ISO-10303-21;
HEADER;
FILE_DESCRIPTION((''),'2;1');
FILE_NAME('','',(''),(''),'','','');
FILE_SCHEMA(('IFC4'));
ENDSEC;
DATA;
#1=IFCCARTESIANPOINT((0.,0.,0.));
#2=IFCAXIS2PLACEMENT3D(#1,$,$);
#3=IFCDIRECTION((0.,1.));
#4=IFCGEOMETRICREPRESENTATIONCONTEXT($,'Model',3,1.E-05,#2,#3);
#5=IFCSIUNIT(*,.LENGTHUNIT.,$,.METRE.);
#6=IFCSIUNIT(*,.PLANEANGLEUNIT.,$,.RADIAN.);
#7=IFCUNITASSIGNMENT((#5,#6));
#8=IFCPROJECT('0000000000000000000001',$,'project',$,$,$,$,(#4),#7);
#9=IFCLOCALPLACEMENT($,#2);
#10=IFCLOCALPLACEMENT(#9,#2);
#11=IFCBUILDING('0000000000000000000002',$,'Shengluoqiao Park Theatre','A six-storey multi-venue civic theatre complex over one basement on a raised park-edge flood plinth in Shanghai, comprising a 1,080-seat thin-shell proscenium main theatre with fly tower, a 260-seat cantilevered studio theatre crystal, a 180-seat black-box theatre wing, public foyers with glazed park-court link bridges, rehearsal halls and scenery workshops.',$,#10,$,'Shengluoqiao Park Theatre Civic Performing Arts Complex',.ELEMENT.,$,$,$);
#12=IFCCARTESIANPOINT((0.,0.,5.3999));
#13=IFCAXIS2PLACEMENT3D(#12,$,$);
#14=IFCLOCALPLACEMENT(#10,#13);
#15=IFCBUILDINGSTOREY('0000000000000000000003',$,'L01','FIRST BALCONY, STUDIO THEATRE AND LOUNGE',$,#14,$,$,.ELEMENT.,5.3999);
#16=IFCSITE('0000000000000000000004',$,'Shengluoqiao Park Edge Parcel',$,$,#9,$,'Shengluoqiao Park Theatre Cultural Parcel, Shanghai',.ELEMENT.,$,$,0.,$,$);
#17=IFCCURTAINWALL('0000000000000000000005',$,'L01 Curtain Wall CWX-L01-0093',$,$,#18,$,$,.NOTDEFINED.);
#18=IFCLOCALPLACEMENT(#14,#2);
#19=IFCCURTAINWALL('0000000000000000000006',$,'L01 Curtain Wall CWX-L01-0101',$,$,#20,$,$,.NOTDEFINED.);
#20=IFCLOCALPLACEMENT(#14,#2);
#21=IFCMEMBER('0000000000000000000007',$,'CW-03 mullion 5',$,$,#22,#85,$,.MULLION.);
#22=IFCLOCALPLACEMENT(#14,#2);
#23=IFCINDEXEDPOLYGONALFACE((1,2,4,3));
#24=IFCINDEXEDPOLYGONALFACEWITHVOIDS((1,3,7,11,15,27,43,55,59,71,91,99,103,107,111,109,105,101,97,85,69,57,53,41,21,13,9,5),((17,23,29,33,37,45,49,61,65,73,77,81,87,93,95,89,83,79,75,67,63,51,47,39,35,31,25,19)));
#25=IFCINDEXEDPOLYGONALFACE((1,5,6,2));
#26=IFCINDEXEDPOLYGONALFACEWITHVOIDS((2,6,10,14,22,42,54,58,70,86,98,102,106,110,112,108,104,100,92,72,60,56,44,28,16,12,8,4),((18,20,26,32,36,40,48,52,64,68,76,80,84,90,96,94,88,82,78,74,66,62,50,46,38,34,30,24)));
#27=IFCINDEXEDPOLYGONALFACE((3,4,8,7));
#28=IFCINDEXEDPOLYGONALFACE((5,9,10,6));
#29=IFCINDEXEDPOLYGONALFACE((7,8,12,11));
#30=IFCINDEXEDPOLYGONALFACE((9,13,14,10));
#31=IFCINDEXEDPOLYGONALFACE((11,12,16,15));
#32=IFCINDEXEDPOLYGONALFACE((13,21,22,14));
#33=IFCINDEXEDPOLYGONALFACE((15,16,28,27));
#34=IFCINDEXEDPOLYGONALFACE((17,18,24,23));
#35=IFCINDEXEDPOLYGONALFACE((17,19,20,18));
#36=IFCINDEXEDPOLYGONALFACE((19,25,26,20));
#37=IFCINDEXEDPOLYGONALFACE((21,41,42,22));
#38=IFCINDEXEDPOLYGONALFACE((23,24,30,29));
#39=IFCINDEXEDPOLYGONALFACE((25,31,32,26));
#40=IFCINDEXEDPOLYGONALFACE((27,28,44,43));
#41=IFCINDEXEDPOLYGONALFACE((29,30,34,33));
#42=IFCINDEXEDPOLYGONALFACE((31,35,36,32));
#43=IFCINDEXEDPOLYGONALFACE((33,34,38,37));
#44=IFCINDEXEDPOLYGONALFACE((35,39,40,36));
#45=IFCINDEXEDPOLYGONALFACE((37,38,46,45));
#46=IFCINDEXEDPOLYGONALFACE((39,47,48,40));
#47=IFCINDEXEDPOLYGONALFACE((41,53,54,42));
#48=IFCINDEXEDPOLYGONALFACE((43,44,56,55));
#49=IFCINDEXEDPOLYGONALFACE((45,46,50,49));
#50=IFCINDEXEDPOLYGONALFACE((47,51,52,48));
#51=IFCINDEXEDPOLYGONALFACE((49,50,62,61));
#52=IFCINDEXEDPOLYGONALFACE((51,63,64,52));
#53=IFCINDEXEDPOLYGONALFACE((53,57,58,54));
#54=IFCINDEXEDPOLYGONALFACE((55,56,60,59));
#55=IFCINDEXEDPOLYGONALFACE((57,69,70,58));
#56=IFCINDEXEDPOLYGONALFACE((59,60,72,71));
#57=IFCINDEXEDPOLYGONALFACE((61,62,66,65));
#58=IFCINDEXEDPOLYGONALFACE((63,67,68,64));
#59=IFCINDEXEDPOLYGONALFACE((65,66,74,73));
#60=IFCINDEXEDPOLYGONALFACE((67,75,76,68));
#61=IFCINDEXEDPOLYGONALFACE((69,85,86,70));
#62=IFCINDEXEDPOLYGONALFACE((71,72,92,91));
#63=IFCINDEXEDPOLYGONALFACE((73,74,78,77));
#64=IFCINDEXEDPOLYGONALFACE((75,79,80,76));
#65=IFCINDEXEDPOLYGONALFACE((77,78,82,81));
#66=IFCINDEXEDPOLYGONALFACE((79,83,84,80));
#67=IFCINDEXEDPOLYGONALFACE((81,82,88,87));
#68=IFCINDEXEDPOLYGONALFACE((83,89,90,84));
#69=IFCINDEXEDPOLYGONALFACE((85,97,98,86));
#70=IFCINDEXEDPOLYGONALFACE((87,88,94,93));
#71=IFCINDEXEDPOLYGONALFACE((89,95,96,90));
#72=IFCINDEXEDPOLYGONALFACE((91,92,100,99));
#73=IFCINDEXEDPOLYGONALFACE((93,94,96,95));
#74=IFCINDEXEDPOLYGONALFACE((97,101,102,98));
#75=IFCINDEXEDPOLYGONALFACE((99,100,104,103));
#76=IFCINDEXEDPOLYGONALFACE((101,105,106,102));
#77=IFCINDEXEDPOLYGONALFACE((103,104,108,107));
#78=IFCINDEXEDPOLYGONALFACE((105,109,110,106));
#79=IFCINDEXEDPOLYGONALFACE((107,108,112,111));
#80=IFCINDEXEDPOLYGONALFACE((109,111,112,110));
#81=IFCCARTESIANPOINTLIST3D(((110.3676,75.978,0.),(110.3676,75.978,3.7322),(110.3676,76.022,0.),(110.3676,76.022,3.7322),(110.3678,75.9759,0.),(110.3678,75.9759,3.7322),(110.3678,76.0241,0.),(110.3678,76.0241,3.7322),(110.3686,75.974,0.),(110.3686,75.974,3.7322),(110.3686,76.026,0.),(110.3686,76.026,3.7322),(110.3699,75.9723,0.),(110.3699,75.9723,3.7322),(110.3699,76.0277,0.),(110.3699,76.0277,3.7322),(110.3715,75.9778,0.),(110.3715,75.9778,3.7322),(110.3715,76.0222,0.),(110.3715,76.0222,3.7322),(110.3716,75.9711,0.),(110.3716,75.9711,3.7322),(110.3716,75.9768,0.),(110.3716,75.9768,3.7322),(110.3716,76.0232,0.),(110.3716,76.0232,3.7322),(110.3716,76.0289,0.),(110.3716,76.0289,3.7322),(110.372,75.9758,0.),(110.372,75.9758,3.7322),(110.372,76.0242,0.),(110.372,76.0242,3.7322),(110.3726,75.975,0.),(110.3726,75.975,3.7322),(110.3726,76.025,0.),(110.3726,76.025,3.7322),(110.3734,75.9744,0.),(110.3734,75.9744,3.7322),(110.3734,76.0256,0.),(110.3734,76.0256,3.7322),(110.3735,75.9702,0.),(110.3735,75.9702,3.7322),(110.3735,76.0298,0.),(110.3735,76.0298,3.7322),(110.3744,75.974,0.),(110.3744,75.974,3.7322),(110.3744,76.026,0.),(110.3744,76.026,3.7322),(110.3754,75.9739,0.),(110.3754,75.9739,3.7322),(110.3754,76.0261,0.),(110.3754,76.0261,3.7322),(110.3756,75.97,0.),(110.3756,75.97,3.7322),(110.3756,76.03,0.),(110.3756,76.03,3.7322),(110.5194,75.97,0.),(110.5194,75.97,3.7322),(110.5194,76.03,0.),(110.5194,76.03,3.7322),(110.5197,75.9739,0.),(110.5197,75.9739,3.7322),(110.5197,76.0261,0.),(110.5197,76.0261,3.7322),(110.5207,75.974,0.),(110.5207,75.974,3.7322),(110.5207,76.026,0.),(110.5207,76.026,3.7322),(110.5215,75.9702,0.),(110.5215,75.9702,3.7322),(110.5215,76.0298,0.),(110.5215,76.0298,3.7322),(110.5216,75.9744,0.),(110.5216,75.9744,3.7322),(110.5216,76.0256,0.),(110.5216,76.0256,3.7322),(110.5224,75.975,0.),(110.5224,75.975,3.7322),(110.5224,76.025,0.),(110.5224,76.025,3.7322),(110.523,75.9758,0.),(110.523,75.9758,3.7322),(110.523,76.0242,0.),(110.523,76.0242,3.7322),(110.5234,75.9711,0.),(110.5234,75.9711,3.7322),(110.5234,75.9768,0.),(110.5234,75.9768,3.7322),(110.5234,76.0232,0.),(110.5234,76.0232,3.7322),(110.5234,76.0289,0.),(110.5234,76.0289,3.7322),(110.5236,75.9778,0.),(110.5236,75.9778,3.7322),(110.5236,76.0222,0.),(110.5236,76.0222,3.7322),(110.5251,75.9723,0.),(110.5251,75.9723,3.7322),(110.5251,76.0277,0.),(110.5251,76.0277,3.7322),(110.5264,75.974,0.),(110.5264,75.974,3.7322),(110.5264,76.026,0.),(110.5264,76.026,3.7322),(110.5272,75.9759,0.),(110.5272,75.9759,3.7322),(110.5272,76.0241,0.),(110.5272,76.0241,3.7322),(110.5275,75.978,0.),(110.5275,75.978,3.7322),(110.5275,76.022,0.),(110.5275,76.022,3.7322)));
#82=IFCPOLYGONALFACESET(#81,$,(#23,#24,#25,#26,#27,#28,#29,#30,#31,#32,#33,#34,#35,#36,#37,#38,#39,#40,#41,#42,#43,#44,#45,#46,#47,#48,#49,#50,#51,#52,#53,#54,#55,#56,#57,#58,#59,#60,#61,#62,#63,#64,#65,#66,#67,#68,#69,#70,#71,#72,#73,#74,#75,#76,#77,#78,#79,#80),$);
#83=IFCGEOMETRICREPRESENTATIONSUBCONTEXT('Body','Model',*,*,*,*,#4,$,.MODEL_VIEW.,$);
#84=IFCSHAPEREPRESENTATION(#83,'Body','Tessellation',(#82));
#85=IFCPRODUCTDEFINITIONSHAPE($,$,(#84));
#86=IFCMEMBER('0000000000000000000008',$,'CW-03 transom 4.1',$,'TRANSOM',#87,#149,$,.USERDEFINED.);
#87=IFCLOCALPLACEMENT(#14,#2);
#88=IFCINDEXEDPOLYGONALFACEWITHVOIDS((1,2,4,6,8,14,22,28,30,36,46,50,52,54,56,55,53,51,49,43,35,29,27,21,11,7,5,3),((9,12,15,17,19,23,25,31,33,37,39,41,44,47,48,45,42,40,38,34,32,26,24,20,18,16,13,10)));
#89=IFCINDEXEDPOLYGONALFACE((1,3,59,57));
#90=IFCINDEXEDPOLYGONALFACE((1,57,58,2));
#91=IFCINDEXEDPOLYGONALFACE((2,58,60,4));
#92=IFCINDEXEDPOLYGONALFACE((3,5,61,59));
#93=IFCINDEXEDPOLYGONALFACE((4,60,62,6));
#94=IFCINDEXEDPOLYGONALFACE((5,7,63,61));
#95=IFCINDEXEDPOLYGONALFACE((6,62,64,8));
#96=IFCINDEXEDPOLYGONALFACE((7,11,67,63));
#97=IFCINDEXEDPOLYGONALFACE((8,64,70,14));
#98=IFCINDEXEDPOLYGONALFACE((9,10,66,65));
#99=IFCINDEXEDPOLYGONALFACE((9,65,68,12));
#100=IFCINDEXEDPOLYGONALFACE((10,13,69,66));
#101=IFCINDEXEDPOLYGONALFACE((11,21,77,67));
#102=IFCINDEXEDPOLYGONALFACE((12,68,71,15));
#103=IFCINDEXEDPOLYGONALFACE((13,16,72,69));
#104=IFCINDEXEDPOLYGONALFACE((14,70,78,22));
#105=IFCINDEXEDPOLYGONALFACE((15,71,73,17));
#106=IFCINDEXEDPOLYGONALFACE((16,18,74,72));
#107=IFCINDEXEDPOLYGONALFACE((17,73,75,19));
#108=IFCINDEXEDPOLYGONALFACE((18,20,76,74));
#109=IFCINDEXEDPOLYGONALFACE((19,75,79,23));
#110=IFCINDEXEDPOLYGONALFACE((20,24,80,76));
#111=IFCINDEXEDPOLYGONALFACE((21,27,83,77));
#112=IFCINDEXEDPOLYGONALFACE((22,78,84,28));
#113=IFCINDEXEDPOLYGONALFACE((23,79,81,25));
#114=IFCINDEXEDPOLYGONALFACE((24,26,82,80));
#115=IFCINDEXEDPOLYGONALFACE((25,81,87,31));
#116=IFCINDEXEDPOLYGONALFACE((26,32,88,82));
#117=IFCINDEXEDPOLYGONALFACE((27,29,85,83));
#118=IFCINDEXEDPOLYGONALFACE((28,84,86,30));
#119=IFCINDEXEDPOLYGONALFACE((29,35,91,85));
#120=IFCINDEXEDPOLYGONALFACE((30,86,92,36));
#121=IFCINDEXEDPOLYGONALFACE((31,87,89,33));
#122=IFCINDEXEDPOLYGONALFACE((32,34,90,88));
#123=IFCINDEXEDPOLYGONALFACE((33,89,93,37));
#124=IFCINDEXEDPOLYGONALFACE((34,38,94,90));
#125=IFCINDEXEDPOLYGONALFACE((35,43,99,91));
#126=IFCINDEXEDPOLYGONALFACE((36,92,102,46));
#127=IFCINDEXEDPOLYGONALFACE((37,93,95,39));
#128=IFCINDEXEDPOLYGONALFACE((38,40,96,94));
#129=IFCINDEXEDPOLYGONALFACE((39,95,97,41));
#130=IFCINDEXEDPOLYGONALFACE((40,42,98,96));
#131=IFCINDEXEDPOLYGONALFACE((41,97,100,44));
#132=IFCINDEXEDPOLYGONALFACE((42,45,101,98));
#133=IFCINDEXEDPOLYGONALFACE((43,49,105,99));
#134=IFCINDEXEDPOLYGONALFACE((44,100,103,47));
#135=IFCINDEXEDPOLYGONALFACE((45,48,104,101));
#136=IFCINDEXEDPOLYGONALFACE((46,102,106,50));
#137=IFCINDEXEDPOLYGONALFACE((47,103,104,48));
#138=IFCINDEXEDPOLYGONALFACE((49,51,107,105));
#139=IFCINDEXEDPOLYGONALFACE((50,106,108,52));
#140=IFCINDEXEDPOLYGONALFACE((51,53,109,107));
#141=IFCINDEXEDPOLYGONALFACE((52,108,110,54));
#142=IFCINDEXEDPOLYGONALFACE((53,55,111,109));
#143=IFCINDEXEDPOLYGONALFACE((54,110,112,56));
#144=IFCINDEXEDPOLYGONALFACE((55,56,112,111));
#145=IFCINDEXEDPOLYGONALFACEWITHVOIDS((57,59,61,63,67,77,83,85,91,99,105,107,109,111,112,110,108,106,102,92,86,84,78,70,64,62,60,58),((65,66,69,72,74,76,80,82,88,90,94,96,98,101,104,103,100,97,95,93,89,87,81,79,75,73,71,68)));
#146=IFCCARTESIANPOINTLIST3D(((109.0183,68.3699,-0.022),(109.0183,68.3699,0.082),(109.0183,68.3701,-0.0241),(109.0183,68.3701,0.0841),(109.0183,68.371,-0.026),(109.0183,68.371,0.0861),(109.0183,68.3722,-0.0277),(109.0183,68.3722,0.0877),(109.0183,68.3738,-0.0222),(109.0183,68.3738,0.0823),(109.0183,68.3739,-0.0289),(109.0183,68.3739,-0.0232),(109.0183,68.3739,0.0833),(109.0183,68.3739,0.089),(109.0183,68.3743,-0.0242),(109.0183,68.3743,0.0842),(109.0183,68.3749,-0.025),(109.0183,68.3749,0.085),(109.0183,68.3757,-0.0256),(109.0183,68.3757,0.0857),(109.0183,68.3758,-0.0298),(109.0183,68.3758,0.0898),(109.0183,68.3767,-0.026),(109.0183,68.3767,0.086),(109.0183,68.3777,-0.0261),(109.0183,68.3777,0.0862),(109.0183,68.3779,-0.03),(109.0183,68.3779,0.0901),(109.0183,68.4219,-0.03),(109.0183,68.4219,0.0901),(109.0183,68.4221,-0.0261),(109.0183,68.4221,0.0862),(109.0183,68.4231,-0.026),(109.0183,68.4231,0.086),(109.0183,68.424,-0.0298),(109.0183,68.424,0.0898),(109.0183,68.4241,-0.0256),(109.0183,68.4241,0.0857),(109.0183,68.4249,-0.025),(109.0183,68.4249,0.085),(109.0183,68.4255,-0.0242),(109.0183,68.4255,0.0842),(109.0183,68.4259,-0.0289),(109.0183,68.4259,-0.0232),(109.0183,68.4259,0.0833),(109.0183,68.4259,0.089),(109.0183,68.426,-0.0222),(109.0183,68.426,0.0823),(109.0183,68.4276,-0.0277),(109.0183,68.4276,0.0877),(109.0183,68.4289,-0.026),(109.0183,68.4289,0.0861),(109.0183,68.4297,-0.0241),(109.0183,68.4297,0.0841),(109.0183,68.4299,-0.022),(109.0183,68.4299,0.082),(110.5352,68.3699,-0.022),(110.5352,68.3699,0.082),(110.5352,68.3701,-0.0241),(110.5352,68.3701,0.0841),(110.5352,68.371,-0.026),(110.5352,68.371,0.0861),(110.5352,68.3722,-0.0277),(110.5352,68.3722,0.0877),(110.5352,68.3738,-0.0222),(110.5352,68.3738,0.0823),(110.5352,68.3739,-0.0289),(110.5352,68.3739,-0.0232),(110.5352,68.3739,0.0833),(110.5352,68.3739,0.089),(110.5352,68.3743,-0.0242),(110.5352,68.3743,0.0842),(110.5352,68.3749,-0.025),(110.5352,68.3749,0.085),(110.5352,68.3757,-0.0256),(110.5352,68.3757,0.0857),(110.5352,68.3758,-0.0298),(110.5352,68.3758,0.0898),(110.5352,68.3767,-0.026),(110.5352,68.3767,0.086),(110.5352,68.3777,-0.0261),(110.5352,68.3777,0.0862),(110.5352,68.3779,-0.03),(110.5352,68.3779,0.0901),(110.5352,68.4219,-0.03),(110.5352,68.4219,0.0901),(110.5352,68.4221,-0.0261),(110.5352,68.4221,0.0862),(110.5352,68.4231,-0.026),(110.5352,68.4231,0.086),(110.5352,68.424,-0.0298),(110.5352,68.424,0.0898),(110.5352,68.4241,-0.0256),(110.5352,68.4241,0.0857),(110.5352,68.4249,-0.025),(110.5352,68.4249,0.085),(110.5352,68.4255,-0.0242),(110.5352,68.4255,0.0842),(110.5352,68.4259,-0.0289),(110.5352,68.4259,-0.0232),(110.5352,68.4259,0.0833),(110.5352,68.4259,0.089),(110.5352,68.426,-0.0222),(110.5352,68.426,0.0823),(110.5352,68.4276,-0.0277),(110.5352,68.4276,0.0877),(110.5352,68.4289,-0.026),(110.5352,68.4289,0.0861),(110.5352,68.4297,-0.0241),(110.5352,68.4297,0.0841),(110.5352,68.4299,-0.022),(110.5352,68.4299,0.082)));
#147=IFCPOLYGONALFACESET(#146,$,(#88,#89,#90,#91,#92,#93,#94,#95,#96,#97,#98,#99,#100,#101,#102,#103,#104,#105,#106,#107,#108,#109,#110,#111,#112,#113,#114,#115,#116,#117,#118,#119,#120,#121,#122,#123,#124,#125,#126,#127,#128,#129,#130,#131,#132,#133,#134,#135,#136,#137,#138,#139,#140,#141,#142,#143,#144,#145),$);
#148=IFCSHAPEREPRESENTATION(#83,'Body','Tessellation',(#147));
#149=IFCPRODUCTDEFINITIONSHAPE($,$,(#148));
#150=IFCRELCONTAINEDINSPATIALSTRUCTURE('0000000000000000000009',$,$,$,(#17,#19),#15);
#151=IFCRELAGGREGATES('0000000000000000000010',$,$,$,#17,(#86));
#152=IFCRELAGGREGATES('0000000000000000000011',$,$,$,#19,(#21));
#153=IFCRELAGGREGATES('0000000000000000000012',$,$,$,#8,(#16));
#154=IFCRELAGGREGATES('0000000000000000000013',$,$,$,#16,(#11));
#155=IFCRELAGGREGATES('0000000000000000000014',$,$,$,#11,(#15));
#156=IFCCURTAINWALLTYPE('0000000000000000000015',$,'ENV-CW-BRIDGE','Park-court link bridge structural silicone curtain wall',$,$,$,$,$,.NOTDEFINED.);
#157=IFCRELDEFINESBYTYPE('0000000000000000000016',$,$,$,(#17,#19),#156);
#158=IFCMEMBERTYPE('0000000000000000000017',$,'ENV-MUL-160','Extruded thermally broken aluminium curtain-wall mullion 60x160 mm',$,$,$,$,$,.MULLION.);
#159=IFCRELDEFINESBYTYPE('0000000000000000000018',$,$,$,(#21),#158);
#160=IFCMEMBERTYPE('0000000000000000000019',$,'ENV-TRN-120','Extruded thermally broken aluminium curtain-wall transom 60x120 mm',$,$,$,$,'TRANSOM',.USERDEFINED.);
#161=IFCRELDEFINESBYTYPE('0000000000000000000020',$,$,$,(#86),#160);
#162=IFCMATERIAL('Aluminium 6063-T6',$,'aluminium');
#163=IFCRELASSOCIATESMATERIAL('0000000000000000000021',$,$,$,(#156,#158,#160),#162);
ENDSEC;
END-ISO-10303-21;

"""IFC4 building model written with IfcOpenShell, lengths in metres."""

from ifc_helpers import new_model, si_unit, direction, frame, origin, origin_2d, place, context, subcontext, project, spatial, hollow_rectangle, extrude, material, material_profile, profile_set, type_object, element, aggregate, save


model = new_model("IFC4")

# Units and contexts
model_context = context("Model", 3, precision=1e-05, world=origin(), true_north=direction((0.0, 1.0)))
body_context = subcontext(model_context, "Body", "Model", "MODEL_VIEW")
ifc_project = project(units=[si_unit("LENGTHUNIT", "METRE"), si_unit("PLANEANGLEUNIT", "RADIAN")], contexts=[model_context])

# Site, building, storey
site_placement = place(None, origin())
site = spatial("IfcSite", under=ifc_project, at=site_placement, Name="Shengluoqiao Park Edge Parcel", LongName="Shengluoqiao Park Theatre Cultural Parcel, Shanghai", CompositionType="ELEMENT", RefElevation=0.0)
building_placement = place(site_placement, origin())
building = spatial("IfcBuilding", under=site, at=building_placement, Name="Shengluoqiao Park Theatre", Description="A six-storey multi-venue civic theatre complex over one basement on a raised park-edge flood plinth in Shanghai, comprising a 1,080-seat thin-shell proscenium main theatre with fly tower, a 260-seat cantilevered studio theatre crystal, a 180-seat black-box theatre wing, public foyers with glazed park-court link bridges, rehearsal halls and scenery workshops.", LongName="Shengluoqiao Park Theatre Civic Performing Arts Complex", CompositionType="ELEMENT")
storey_placement = place(building_placement, frame((0.0, 0.0, 5.3999)))
storey = spatial("IfcBuildingStorey", under=building, at=storey_placement, Name="L01", Description="FIRST BALCONY, STUDIO THEATRE AND LOUNGE", CompositionType="ELEMENT", Elevation=5.3999)

# Curtain wall
ifc_material_1 = material(Name="Aluminium 6063-T6", Category="aluminium")
curtain_wall_type = type_object("IfcCurtainWallType", Name="ENV-CW-BRIDGE", Description="Park-court link bridge structural silicone curtain wall", PredefinedType="NOTDEFINED", material=ifc_material_1)
curtain_wall_1_placement = place(storey_placement, origin())
curtain_wall_1 = element("IfcCurtainWall", 1, at=curtain_wall_1_placement, inside=storey, type_object=curtain_wall_type, Name="L01 Curtain Wall CWX-L01-0093", PredefinedType="NOTDEFINED")
ifc_material_profile_1 = material_profile(ifc_material_1, hollow_rectangle(XDim=0.0601, YDim=0.1599, WallThickness=0.0039, InnerFilletRadius=0.0039, OuterFilletRadius=0.0081, at=origin_2d()), Name="ALU MULLION 160x60x4")
ifc_profile_set_1 = profile_set([ifc_material_profile_1], Name="Aluminium 6063-T6")
member_type_1 = type_object("IfcMemberType", Name="ENV-MUL-160", Description="Extruded thermally broken aluminium curtain-wall mullion 60x160 mm", PredefinedType="MULLION", material=ifc_profile_set_1)

# Curtain wall, member
curtain_wall_2_placement = place(storey_placement, origin())
curtain_wall_2 = element("IfcCurtainWall", 2, at=curtain_wall_2_placement, inside=storey, type_object=curtain_wall_type, Name="L01 Curtain Wall CWX-L01-0101", PredefinedType="NOTDEFINED")
member_1_placement = place(storey_placement, frame((110.4475, 76.0, 0.0), z_axis=(0.0, 0.0, 1.0), x_axis=(0.0, 1.0, 0.0)))
member_1 = element("IfcMember", 3, at=member_1_placement, type_object=member_type_1, Name="CW-03 mullion 5", PredefinedType="MULLION", context=body_context, shape_type="SweptSolid", body=[
    extrude(hollow_rectangle(XDim=0.0601, YDim=0.1599, WallThickness=0.0039, InnerFilletRadius=0.0039, OuterFilletRadius=0.0081, at=origin_2d()), origin(), (0.0, 0.0, 1.0), 3.7322),
])

# Member
ifc_material_profile_2 = material_profile(ifc_material_1, hollow_rectangle(XDim=0.0601, YDim=0.1201, WallThickness=0.0039, InnerFilletRadius=0.0039, OuterFilletRadius=0.0081, at=origin_2d()), Name="ALU TRANSOM 120x60x4")
ifc_profile_set_2 = profile_set([ifc_material_profile_2], Name="Aluminium 6063-T6")
member_type_2 = type_object("IfcMemberType", Name="ENV-TRN-120", Description="Extruded thermally broken aluminium curtain-wall transom 60x120 mm", ElementType="TRANSOM", PredefinedType="USERDEFINED", material=ifc_profile_set_2)
member_2_placement = place(storey_placement, frame((109.0183, 68.3999, 0.03), z_axis=(1.0, 0.0, 0.0), x_axis=(0.0, 1.0, 0.0)))
member_2 = element("IfcMember", 4, at=member_2_placement, type_object=member_type_2, Name="CW-03 transom 4.1", ObjectType="TRANSOM", PredefinedType="USERDEFINED", context=body_context, shape_type="SweptSolid", body=[
    extrude(hollow_rectangle(XDim=0.0601, YDim=0.1201, WallThickness=0.0039, InnerFilletRadius=0.0039, OuterFilletRadius=0.0081, at=origin_2d()), origin(), (0.0, 0.0, 1.0), 1.5168),
])

aggregate(curtain_wall_1, [member_2])
aggregate(curtain_wall_2, [member_1])

save(model, "model.ifc")
